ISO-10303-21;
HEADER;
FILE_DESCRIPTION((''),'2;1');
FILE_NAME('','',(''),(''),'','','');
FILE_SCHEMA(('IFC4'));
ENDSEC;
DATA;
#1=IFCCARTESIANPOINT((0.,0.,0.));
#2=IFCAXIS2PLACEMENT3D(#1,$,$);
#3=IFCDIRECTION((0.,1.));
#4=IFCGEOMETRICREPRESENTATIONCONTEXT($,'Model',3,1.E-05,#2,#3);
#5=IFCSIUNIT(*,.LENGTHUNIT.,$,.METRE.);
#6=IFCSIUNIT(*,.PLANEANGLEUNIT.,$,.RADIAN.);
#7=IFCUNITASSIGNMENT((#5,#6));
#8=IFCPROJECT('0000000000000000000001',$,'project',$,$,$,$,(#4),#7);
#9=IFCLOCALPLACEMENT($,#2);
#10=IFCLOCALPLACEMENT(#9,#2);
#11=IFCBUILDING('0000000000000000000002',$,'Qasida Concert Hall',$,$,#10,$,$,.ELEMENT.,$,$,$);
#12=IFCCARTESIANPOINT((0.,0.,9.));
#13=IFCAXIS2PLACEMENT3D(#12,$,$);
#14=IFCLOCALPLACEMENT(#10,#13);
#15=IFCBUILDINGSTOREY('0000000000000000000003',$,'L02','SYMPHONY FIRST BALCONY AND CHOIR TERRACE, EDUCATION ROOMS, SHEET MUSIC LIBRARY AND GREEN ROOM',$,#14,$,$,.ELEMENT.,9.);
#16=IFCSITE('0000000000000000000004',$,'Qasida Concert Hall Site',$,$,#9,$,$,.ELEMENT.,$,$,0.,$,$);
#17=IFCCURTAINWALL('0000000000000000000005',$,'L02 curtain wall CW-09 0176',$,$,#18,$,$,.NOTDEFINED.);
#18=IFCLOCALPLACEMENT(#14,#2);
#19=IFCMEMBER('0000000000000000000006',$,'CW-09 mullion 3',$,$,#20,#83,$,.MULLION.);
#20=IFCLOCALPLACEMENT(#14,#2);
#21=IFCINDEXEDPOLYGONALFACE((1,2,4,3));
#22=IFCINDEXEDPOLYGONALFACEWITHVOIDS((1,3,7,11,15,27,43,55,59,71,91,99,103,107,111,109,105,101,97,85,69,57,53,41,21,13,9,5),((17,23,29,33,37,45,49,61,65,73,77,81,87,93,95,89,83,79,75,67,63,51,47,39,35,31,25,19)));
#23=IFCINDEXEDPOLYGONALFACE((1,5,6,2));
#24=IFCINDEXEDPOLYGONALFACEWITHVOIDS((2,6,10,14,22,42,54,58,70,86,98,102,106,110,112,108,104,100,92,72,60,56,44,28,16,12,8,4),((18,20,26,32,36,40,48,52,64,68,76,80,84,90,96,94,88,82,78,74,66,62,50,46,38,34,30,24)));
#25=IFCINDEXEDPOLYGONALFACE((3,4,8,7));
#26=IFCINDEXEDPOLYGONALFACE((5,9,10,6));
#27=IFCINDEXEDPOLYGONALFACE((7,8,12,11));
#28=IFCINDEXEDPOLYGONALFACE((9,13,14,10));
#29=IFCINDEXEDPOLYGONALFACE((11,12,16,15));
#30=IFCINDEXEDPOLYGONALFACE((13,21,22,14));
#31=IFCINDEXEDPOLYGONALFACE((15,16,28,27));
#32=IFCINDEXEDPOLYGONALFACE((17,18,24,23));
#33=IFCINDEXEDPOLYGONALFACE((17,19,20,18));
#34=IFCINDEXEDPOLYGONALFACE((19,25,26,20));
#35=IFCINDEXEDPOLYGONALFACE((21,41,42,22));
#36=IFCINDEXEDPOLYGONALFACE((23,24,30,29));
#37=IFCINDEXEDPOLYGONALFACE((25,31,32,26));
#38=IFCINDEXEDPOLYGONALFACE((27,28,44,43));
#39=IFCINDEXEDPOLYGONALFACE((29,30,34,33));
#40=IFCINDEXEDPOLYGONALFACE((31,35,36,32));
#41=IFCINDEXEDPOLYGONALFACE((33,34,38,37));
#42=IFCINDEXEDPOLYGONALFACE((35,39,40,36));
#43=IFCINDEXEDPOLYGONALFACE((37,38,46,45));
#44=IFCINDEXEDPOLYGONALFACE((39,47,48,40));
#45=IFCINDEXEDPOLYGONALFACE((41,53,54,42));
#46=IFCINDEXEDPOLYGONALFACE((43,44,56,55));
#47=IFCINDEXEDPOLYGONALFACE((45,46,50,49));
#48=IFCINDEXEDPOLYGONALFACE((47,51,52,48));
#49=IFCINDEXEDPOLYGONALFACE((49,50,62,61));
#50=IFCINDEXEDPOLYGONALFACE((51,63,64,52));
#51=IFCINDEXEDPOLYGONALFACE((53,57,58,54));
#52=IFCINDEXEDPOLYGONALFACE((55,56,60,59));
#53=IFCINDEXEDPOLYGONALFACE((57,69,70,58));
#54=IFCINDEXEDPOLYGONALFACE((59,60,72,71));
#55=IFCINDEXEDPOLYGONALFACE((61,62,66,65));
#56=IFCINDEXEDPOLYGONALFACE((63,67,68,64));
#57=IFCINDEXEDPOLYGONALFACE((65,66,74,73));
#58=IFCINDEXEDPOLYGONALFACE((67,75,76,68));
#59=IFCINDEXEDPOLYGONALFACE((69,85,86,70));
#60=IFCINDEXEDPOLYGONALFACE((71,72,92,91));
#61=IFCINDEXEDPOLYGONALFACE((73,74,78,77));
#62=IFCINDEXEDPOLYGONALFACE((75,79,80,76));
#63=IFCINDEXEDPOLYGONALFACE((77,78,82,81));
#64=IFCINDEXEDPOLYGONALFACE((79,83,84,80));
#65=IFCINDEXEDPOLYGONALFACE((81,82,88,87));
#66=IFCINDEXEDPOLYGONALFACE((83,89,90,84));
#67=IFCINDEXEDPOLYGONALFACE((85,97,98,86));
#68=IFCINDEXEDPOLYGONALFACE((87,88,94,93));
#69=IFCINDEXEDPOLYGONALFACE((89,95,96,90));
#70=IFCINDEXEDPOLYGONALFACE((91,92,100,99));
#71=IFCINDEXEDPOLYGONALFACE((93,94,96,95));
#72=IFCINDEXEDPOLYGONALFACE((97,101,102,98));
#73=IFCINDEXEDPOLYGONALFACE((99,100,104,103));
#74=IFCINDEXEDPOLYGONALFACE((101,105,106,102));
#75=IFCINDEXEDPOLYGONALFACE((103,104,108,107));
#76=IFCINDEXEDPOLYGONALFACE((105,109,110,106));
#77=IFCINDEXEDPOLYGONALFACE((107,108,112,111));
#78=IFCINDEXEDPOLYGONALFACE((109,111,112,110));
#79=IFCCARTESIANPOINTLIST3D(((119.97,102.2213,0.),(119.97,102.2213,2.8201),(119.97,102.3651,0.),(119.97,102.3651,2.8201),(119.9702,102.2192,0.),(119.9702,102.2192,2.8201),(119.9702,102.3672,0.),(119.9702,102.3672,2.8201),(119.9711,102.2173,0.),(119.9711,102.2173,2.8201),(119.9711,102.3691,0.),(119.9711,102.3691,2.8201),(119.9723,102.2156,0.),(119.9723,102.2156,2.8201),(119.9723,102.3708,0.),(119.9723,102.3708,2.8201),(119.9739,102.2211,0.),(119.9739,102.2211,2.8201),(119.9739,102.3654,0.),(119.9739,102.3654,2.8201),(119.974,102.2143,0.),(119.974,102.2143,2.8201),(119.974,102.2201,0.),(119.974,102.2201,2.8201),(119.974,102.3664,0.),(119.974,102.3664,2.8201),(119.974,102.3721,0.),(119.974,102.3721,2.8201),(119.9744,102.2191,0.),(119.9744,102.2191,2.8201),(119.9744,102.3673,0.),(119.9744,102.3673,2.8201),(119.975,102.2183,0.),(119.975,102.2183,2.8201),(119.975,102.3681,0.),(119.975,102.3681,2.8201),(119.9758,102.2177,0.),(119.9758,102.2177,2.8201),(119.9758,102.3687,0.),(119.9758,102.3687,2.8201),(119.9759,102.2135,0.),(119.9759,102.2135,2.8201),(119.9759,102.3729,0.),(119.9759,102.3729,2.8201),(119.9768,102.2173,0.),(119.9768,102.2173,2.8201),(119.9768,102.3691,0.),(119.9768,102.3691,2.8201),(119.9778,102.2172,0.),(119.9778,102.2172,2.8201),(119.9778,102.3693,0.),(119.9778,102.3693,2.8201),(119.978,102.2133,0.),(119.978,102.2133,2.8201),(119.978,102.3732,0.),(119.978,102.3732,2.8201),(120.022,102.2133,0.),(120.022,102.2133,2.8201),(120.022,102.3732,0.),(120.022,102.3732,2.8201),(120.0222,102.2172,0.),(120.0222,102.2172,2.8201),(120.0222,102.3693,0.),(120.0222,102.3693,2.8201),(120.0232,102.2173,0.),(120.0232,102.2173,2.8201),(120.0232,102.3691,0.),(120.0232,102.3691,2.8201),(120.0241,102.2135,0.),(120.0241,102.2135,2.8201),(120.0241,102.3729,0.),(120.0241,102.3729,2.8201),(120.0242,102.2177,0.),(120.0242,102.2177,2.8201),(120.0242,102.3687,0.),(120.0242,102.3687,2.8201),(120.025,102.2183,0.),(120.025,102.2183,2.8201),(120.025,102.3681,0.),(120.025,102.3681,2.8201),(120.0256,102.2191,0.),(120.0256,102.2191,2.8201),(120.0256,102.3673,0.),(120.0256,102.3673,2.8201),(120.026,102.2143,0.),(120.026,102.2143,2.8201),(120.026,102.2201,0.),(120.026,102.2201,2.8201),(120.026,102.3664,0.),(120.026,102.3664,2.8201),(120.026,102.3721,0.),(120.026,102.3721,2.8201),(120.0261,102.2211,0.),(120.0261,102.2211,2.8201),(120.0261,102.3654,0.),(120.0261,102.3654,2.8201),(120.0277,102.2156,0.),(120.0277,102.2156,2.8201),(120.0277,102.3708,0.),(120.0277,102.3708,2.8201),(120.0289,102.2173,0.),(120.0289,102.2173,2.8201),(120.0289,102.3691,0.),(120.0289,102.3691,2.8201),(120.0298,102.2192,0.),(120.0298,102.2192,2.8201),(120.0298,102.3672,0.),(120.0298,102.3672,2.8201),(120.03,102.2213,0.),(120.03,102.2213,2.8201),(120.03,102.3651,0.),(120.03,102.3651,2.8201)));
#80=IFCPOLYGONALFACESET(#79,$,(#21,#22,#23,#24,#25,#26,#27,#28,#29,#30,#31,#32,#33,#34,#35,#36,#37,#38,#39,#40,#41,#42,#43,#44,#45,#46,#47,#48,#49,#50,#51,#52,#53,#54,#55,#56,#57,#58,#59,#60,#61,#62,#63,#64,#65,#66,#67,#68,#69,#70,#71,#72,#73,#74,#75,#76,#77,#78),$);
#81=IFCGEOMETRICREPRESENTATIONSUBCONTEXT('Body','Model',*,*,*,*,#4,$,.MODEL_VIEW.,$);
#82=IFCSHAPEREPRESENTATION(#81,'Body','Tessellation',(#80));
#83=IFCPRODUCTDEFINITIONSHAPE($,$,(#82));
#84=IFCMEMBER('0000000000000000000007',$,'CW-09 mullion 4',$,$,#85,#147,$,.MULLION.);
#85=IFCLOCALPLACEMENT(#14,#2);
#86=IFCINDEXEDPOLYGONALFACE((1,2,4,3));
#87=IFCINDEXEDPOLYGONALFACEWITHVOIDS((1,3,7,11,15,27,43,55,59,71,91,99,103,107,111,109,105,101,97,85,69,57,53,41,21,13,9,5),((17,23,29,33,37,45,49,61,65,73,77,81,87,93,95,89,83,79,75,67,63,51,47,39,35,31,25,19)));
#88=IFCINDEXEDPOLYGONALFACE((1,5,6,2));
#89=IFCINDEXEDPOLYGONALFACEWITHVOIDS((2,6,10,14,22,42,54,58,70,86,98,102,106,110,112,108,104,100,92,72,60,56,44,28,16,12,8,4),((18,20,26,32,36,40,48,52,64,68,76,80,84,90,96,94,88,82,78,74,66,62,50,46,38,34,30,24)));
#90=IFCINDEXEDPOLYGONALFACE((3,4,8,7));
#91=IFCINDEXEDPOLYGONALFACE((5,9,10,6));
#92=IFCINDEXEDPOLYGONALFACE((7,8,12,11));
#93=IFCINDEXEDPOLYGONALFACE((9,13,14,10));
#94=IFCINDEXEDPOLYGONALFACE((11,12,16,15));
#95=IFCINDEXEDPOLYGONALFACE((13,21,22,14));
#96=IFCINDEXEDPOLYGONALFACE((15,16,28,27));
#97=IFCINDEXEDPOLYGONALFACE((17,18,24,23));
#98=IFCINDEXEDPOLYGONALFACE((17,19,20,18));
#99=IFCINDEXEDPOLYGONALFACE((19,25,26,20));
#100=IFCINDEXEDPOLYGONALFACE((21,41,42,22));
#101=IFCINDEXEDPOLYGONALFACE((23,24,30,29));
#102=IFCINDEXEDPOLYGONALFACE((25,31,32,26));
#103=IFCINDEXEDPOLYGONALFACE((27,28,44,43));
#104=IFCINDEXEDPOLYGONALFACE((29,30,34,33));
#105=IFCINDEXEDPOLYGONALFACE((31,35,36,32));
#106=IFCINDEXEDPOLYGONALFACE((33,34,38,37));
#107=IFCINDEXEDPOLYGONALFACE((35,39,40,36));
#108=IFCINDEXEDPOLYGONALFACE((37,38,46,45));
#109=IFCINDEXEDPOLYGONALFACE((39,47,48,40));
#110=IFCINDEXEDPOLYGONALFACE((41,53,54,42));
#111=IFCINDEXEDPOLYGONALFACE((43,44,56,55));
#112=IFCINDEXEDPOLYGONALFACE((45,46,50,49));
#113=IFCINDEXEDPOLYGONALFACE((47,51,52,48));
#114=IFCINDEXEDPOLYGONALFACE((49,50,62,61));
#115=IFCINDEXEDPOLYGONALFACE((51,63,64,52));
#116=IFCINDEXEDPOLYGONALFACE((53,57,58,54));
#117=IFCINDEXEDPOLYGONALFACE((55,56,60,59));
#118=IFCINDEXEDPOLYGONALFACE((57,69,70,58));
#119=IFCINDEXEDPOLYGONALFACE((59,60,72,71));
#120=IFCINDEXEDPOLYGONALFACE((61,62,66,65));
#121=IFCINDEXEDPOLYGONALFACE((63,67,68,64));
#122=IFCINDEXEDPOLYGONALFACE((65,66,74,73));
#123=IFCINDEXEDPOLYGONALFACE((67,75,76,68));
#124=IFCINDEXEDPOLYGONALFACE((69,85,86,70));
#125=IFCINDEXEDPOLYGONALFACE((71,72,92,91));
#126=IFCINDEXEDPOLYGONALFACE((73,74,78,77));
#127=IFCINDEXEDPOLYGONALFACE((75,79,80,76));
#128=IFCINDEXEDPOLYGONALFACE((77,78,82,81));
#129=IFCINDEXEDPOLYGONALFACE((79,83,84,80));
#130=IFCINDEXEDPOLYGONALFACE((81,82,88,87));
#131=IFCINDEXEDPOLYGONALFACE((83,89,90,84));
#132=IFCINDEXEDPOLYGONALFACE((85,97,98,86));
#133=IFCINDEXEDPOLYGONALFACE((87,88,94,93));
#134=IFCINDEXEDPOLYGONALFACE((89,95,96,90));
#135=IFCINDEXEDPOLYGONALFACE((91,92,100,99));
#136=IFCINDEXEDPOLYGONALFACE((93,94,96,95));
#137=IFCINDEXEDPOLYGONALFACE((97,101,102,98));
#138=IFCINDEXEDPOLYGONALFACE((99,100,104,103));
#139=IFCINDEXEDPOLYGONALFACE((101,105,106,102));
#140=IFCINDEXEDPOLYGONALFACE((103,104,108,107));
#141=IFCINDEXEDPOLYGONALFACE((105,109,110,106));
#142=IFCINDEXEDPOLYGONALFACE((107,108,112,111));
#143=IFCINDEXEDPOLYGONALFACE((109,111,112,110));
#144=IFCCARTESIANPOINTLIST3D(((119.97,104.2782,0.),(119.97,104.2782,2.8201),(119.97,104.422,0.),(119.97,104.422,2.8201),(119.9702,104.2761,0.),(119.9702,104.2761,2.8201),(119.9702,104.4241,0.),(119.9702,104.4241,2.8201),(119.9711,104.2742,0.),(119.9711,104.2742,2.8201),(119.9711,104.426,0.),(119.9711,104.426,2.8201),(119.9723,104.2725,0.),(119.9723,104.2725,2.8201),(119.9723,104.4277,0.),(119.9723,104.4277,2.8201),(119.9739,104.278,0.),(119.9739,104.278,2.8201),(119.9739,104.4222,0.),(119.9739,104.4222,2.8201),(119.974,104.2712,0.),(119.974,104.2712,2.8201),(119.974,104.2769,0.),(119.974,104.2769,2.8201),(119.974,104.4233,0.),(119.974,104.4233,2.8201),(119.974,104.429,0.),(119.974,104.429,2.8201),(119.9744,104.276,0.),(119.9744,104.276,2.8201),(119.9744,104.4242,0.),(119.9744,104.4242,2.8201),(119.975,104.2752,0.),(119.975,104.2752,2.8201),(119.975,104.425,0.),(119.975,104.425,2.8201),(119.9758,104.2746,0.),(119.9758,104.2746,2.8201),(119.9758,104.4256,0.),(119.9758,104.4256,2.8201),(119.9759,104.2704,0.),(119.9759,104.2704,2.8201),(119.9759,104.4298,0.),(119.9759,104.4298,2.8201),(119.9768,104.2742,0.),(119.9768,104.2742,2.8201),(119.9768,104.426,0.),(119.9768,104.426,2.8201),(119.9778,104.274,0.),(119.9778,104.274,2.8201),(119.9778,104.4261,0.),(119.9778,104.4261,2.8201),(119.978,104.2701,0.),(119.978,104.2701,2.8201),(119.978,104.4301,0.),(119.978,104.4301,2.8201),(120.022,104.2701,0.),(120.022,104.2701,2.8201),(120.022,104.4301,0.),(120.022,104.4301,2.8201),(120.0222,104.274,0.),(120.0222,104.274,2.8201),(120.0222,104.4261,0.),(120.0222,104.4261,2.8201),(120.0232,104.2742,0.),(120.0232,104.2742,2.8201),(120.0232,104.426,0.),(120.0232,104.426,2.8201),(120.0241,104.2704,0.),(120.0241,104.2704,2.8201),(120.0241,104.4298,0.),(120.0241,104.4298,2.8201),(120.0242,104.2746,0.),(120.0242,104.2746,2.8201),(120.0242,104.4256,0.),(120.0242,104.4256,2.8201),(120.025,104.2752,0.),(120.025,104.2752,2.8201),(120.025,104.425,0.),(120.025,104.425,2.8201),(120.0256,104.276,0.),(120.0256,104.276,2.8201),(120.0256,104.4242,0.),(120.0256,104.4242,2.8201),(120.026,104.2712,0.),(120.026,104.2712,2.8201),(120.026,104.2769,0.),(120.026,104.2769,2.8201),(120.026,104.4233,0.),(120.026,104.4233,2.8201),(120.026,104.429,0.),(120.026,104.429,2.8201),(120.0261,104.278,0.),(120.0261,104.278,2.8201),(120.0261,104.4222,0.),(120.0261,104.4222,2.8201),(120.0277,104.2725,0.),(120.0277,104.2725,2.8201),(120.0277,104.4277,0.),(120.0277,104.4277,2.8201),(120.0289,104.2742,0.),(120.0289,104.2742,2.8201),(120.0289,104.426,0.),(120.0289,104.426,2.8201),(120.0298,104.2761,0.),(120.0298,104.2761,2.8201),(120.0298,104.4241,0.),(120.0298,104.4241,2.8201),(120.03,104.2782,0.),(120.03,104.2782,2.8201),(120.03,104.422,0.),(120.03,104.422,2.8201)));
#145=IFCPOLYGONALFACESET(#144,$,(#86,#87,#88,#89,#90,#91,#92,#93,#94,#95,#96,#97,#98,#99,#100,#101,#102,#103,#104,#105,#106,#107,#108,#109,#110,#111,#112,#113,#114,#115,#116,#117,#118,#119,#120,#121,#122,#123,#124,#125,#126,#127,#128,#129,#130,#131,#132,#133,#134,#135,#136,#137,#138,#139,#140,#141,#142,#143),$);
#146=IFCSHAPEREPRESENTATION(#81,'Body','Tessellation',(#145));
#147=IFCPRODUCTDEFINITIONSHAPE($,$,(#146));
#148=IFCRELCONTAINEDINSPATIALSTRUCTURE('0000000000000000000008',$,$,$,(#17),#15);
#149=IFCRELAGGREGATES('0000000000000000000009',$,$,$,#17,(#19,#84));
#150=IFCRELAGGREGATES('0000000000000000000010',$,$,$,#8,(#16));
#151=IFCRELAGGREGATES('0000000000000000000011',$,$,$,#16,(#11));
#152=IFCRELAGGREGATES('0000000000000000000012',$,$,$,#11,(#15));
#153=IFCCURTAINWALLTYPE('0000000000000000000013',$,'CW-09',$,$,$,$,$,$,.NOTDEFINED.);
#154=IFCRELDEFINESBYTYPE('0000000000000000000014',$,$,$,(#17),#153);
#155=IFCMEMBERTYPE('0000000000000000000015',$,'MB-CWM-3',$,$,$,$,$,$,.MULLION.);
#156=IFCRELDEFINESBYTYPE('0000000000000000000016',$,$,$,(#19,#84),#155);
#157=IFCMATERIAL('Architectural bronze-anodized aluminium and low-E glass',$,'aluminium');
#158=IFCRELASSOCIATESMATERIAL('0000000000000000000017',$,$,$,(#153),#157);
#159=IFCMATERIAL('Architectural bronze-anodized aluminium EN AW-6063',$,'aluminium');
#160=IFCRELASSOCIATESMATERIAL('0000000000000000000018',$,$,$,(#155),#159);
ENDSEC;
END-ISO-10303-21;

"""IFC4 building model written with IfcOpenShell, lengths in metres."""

from ifc_helpers import new_model, si_unit, direction, frame, origin, origin_2d, place, context, subcontext, project, spatial, hollow_rectangle, extrude, material, material_profile, profile_set, type_object, element, aggregate, save


model = new_model("IFC4")

# Units and contexts
model_context = context("Model", 3, precision=1e-05, world=origin(), true_north=direction((0.0, 1.0)))
body_context = subcontext(model_context, "Body", "Model", "MODEL_VIEW")
ifc_project = project(units=[si_unit("LENGTHUNIT", "METRE"), si_unit("PLANEANGLEUNIT", "RADIAN")], contexts=[model_context])

# Site, building, storey
site_placement = place(None, origin())
site = spatial("IfcSite", under=ifc_project, at=site_placement, Name="Qasida Concert Hall Site", CompositionType="ELEMENT", RefElevation=0.0)
building_placement = place(site_placement, origin())
building = spatial("IfcBuilding", under=site, at=building_placement, Name="Qasida Concert Hall", CompositionType="ELEMENT")
storey_placement = place(building_placement, frame((0.0, 0.0, 9.0)))
storey = spatial("IfcBuildingStorey", under=building, at=storey_placement, Name="L02", Description="SYMPHONY FIRST BALCONY AND CHOIR TERRACE, EDUCATION ROOMS, SHEET MUSIC LIBRARY AND GREEN ROOM", CompositionType="ELEMENT", Elevation=9.0)

# Shared definitions
ifc_material_1 = material(Name="Architectural bronze-anodized aluminium and low-E glass", Category="aluminium")
ifc_material_2 = material(Name="Architectural bronze-anodized aluminium EN AW-6063", Category="aluminium")

# Curtain wall, members
curtain_wall_type_1 = type_object("IfcCurtainWallType", Name="CW-09", PredefinedType="NOTDEFINED", material=ifc_material_1)
curtain_wall_1_placement = place(storey_placement, origin())
curtain_wall_1 = element("IfcCurtainWall", 1, at=curtain_wall_1_placement, inside=storey, type_object=curtain_wall_type_1, Name="L02 curtain wall CW-09 0176", PredefinedType="NOTDEFINED")
ifc_material_profile_1 = material_profile(ifc_material_2, hollow_rectangle(XDim=0.0601, YDim=0.1599, WallThickness=0.0039, InnerFilletRadius=0.0039, OuterFilletRadius=0.0081, at=origin_2d()), Name="CWM 160x60x4")
ifc_profile_set_1 = profile_set([ifc_material_profile_1], Name="Architectural bronze-anodized aluminium EN AW-6063")
member_type_1 = type_object("IfcMemberType", Name="MB-CWM-3", PredefinedType="MULLION", material=ifc_profile_set_1)
member_1_placement = place(storey_placement, frame((120.0, 102.2932, 0.0), z_axis=(0.0, 0.0, 1.0), x_axis=(-1.0, 0.0, 0.0)))
member_1 = element("IfcMember", 2, at=member_1_placement, type_object=member_type_1, Name="CW-09 mullion 3", PredefinedType="MULLION", context=body_context, shape_type="SweptSolid", body=[
    extrude(hollow_rectangle(XDim=0.0601, YDim=0.1599, WallThickness=0.0039, InnerFilletRadius=0.0039, OuterFilletRadius=0.0081, at=origin_2d()), origin(), (0.0, 0.0, 1.0), 2.8201),
])
member_2_placement = place(storey_placement, frame((120.0, 104.3501, 0.0), z_axis=(0.0, 0.0, 1.0), x_axis=(-1.0, 0.0, 0.0)))
member_2 = element("IfcMember", 3, at=member_2_placement, type_object=member_type_1, Name="CW-09 mullion 4", PredefinedType="MULLION", context=body_context, shape_type="SweptSolid", body=[
    extrude(hollow_rectangle(XDim=0.0601, YDim=0.1599, WallThickness=0.0039, InnerFilletRadius=0.0039, OuterFilletRadius=0.0081, at=origin_2d()), origin(), (0.0, 0.0, 1.0), 2.8201),
])

aggregate(curtain_wall_1, [member_1, member_2])

save(model, "model.ifc")
